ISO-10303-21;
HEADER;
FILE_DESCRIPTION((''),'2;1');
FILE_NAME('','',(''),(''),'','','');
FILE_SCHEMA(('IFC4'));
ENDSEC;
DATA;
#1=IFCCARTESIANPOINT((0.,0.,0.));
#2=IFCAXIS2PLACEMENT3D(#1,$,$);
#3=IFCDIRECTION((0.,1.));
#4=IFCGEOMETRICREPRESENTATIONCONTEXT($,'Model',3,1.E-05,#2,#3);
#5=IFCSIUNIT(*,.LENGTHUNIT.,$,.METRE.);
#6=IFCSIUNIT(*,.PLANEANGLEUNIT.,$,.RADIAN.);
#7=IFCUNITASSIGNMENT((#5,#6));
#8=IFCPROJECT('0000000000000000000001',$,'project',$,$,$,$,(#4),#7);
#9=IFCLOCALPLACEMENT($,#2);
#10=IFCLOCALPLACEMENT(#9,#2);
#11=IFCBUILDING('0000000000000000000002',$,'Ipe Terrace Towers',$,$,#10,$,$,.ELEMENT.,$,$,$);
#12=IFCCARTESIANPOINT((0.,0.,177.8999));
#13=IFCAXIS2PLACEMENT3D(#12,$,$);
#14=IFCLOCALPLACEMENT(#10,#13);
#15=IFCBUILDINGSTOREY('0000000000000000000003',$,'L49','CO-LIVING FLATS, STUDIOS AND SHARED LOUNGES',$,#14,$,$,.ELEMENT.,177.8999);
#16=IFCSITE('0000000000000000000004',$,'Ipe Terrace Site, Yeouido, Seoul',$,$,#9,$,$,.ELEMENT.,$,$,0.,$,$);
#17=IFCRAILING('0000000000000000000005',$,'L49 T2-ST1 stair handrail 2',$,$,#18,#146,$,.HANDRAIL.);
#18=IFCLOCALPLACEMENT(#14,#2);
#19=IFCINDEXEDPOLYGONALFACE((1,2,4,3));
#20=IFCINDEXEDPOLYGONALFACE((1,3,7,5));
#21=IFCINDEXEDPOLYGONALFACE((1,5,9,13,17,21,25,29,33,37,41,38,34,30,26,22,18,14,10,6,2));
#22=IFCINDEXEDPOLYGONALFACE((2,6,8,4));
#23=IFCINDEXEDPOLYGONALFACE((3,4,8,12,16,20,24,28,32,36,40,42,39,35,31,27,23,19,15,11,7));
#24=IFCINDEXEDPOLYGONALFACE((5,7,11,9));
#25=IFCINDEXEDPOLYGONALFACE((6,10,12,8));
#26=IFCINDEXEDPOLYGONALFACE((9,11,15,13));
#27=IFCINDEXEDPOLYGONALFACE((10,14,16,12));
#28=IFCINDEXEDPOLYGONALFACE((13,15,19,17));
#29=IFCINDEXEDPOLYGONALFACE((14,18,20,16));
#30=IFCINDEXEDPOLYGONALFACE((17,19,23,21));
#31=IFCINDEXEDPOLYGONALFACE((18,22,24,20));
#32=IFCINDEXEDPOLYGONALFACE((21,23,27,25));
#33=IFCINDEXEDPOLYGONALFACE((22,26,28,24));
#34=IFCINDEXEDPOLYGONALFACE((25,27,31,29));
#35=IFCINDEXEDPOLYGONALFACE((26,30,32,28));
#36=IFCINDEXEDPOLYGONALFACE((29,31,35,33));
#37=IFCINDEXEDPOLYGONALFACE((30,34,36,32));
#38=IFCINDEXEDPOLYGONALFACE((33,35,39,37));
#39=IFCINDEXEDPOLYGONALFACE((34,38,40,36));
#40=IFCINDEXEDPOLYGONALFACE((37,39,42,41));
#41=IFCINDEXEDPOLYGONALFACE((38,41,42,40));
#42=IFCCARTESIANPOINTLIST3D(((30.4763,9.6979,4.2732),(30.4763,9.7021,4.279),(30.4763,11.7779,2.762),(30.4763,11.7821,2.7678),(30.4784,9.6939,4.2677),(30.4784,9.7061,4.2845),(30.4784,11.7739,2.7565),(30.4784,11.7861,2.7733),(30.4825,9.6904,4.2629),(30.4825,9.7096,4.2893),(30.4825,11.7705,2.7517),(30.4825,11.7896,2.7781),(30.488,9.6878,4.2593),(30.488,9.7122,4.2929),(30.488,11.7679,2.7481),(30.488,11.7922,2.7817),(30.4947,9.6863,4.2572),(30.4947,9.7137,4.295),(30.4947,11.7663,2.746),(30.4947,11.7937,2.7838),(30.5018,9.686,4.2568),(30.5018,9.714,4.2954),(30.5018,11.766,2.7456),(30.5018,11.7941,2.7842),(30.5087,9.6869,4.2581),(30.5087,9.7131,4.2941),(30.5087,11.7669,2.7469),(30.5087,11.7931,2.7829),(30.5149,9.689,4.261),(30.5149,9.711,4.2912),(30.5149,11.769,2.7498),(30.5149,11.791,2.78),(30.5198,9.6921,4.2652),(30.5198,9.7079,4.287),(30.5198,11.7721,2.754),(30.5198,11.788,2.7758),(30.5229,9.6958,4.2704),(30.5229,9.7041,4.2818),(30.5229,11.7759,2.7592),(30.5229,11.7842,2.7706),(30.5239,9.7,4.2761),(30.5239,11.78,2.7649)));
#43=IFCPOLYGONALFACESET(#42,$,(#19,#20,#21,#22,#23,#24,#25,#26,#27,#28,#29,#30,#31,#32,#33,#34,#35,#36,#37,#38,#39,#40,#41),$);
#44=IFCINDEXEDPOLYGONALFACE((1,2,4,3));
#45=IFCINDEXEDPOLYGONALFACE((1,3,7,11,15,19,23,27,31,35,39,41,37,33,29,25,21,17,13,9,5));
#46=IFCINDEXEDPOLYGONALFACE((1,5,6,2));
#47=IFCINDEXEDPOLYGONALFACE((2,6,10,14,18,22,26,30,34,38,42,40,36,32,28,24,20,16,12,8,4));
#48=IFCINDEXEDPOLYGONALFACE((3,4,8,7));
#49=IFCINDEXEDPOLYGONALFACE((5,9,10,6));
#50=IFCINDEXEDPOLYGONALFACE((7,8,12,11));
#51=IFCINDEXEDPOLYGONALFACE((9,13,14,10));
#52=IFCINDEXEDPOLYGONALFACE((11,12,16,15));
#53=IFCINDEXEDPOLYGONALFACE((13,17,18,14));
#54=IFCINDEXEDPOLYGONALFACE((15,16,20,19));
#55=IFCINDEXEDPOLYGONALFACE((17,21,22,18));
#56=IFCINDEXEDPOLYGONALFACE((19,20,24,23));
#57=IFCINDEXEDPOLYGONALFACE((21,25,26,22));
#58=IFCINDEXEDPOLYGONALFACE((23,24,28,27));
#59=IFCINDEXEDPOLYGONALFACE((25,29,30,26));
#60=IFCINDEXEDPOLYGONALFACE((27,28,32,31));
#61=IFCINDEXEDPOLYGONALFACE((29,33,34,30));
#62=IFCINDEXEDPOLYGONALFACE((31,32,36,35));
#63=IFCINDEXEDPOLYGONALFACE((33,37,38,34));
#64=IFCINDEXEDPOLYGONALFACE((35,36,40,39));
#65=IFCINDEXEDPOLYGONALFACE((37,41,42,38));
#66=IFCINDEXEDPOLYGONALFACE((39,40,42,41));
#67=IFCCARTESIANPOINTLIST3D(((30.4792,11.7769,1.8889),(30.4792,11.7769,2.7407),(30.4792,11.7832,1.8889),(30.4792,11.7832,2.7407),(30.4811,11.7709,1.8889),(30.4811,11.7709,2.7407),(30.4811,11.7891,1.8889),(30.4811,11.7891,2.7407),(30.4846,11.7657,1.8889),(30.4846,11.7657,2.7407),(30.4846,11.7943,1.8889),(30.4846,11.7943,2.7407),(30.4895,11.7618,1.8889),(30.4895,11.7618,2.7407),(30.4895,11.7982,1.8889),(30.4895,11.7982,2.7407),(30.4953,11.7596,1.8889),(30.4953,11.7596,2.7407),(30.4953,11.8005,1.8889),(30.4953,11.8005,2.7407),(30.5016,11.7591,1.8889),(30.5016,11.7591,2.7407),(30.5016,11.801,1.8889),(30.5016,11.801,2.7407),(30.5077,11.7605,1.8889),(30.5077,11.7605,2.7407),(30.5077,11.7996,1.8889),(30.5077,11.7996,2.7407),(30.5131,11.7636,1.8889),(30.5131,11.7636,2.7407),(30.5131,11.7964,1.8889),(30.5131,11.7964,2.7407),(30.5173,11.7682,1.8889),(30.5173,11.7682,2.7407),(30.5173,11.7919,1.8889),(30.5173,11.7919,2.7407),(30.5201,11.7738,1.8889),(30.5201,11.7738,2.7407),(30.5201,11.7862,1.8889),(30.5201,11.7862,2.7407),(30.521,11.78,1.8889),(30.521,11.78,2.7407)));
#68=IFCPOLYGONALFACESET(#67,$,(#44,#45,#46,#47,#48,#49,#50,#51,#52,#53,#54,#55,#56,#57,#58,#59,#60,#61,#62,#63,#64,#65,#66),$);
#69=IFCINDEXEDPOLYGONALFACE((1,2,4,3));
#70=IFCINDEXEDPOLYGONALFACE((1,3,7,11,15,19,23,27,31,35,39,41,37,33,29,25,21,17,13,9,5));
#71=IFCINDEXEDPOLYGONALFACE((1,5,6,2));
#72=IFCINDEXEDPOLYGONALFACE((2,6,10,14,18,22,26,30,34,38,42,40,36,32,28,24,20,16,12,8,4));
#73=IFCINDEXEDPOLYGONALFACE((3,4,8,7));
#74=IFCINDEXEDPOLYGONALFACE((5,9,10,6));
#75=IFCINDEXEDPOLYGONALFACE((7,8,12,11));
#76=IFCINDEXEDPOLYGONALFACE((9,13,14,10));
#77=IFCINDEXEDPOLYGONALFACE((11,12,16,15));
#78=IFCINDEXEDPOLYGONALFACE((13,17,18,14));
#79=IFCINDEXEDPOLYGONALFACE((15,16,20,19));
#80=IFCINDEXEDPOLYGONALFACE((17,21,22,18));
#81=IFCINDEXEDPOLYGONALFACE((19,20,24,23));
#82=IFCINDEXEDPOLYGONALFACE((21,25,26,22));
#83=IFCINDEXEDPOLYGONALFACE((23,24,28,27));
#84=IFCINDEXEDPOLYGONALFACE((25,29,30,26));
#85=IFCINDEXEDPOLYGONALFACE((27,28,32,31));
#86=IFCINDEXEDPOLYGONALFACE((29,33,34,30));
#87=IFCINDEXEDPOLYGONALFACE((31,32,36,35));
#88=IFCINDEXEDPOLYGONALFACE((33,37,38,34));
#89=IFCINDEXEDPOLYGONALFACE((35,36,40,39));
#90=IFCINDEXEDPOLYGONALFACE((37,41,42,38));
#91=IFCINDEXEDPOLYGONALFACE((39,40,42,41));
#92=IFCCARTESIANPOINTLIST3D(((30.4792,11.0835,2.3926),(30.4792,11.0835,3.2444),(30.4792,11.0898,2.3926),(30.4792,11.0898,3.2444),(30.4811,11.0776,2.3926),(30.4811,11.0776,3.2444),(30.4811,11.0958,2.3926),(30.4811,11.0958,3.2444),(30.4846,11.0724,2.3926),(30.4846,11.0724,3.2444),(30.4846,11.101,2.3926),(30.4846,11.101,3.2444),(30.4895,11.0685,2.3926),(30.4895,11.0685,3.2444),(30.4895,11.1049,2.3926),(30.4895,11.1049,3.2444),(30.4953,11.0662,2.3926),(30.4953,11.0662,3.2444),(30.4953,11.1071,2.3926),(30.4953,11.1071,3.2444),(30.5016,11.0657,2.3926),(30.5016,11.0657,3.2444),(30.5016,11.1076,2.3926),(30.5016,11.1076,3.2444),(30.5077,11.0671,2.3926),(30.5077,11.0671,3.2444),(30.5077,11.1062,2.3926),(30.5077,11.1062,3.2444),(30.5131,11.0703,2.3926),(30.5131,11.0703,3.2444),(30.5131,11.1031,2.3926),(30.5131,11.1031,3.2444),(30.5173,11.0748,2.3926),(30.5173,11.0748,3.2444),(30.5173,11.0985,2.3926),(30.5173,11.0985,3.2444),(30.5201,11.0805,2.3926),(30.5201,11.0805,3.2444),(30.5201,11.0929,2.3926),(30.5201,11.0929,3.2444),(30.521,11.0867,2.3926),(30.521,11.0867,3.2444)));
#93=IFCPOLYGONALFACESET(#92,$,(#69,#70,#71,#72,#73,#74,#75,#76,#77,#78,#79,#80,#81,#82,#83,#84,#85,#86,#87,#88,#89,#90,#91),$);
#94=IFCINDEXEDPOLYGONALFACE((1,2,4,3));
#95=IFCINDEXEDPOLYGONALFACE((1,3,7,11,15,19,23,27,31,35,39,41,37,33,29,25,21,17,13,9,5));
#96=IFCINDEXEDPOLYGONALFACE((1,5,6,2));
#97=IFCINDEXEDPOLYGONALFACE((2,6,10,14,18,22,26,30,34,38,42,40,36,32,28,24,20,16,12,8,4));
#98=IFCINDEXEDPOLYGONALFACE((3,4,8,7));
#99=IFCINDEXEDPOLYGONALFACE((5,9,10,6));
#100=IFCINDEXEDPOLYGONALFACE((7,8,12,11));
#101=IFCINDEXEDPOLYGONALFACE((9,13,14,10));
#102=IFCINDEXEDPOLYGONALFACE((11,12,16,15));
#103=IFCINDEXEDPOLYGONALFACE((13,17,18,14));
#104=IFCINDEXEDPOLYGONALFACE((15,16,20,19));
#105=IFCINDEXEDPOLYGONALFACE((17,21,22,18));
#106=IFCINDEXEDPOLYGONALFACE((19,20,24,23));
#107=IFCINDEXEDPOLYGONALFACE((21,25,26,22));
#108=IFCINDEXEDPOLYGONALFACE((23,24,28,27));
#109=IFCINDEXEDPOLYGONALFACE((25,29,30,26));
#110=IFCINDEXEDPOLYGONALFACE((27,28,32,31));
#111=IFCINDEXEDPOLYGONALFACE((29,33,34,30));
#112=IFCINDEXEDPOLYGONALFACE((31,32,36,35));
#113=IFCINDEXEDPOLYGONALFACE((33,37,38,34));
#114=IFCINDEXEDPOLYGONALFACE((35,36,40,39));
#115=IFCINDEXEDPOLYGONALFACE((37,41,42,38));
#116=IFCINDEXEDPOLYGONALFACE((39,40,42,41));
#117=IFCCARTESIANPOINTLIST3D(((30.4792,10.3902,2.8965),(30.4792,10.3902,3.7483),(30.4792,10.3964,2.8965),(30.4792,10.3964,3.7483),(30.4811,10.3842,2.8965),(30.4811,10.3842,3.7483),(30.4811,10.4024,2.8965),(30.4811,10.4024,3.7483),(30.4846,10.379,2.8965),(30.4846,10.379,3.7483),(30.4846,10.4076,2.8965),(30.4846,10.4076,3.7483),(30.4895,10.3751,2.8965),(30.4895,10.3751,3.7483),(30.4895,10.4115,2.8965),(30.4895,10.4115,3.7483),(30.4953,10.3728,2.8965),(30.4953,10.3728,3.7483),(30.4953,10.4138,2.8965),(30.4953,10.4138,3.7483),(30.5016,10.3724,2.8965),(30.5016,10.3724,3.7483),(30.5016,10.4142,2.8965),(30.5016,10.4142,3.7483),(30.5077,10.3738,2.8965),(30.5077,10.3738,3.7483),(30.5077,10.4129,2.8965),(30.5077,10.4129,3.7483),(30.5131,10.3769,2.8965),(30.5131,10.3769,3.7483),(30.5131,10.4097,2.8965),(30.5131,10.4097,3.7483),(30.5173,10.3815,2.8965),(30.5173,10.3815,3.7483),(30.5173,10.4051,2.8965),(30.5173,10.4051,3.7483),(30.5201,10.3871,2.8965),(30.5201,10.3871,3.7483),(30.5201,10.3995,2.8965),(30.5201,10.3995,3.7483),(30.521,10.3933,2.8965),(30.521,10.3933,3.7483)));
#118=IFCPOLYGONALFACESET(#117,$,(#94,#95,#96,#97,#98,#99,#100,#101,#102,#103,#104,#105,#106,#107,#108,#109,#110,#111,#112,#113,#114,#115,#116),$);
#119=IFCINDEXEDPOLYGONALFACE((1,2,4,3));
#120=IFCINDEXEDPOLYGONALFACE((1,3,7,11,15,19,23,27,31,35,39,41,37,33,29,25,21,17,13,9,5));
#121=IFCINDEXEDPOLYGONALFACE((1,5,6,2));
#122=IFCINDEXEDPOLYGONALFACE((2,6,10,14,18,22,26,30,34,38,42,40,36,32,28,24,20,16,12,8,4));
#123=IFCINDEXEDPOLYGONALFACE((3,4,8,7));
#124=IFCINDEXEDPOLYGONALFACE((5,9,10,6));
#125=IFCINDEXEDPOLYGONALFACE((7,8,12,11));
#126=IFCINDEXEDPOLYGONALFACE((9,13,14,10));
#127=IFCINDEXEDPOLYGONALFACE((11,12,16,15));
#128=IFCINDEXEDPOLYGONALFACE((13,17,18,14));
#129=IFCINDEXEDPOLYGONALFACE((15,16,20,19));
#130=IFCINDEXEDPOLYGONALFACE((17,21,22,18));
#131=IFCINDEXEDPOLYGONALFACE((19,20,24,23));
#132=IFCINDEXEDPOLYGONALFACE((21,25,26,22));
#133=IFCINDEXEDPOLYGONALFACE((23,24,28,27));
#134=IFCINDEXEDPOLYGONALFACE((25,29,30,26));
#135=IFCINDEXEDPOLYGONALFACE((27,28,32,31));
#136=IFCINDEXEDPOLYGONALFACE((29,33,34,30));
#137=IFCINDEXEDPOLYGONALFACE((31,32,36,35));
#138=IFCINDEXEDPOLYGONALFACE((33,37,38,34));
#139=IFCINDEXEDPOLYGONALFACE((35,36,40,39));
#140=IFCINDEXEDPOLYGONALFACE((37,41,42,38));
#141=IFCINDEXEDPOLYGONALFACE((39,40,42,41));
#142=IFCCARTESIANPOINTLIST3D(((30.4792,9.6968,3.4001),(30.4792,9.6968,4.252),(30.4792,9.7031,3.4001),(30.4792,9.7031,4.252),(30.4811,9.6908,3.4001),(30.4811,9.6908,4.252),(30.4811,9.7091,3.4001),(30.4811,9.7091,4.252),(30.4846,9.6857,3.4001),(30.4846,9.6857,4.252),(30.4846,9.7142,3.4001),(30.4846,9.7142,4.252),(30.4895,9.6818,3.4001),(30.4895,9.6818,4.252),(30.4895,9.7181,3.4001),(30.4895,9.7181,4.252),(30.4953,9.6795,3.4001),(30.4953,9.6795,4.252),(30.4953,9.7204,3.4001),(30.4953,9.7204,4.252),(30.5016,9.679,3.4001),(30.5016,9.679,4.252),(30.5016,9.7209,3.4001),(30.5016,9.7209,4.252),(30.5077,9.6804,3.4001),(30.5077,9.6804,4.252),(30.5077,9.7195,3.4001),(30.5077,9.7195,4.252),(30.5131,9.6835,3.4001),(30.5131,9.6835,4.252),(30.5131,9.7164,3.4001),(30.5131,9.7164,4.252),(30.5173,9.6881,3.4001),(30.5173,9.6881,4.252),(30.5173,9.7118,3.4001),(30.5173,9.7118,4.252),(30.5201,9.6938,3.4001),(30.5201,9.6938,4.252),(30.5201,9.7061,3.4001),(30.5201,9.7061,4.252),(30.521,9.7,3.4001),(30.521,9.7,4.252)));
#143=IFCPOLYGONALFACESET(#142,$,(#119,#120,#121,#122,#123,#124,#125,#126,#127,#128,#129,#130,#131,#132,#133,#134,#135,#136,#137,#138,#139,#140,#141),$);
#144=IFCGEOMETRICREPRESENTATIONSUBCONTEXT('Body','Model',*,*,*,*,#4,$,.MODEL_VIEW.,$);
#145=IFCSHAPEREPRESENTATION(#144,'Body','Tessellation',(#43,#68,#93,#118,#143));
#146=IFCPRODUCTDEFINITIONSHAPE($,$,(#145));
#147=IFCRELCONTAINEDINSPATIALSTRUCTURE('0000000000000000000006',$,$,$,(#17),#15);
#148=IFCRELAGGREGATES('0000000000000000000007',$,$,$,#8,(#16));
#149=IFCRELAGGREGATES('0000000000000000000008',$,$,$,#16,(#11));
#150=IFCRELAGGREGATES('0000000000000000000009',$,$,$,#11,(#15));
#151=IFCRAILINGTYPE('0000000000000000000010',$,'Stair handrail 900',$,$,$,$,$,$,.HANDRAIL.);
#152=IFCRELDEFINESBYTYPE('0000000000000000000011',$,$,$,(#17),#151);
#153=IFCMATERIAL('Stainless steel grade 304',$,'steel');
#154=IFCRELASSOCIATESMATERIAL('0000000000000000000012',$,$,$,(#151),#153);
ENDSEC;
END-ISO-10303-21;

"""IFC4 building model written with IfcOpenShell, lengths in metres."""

from ifc_helpers import new_model, si_unit, direction, frame, origin, origin_2d, place, context, subcontext, project, spatial, circle, extrude, material, type_object, element, save


model = new_model("IFC4")

# Units and contexts
model_context = context("Model", 3, precision=1e-05, world=origin(), true_north=direction((0.0, 1.0)))
body_context = subcontext(model_context, "Body", "Model", "MODEL_VIEW")
ifc_project = project(units=[si_unit("LENGTHUNIT", "METRE"), si_unit("PLANEANGLEUNIT", "RADIAN")], contexts=[model_context])

# Site, building, storey
site_placement = place(None, origin())
site = spatial("IfcSite", under=ifc_project, at=site_placement, Name="Ipe Terrace Site, Yeouido, Seoul", CompositionType="ELEMENT", RefElevation=0.0)
building_placement = place(site_placement, origin())
building = spatial("IfcBuilding", under=site, at=building_placement, Name="Ipe Terrace Towers", CompositionType="ELEMENT")
storey_placement = place(building_placement, frame((0.0, 0.0, 177.8999)))
storey = spatial("IfcBuildingStorey", under=building, at=storey_placement, Name="L49", Description="CO-LIVING FLATS, STUDIOS AND SHARED LOUNGES", CompositionType="ELEMENT", Elevation=177.8999)

# Railing
ifc_material_1 = material(Name="Stainless steel grade 304", Category="steel")
railing_type_1 = type_object("IfcRailingType", Name="Stair handrail 900", PredefinedType="HANDRAIL", material=ifc_material_1)
railing_1_placement = place(storey_placement, frame((30.5, 11.78, 1.8889)))
element("IfcRailing", 1, at=railing_1_placement, inside=storey, type_object=railing_type_1, Name="L49 T2-ST1 stair handrail 2", PredefinedType="HANDRAIL", context=body_context, shape_type="SweptSolid", body=[
    extrude(circle(Radius=0.0239, at=origin_2d()), frame((0.0, 0.0, 0.876), z_axis=(0.0, -0.809023, 0.587776), x_axis=(1.0, 0.0, 0.0)), (0.0, 0.0, 1.0), 2.571),
    extrude(circle(Radius=0.021, at=origin_2d()), origin(), (0.0, 0.0, 1.0), 0.8518),
    extrude(circle(Radius=0.021, at=origin_2d()), frame((0.0, -0.6934, 0.5037)), (0.0, 0.0, 1.0), 0.8518),
    extrude(circle(Radius=0.021, at=origin_2d()), frame((0.0, -1.3867, 1.0076)), (0.0, 0.0, 1.0), 0.8518),
    extrude(circle(Radius=0.021, at=origin_2d()), frame((0.0, -2.0801, 1.5112)), (0.0, 0.0, 1.0), 0.8518),
])

save(model, "model.ifc")
